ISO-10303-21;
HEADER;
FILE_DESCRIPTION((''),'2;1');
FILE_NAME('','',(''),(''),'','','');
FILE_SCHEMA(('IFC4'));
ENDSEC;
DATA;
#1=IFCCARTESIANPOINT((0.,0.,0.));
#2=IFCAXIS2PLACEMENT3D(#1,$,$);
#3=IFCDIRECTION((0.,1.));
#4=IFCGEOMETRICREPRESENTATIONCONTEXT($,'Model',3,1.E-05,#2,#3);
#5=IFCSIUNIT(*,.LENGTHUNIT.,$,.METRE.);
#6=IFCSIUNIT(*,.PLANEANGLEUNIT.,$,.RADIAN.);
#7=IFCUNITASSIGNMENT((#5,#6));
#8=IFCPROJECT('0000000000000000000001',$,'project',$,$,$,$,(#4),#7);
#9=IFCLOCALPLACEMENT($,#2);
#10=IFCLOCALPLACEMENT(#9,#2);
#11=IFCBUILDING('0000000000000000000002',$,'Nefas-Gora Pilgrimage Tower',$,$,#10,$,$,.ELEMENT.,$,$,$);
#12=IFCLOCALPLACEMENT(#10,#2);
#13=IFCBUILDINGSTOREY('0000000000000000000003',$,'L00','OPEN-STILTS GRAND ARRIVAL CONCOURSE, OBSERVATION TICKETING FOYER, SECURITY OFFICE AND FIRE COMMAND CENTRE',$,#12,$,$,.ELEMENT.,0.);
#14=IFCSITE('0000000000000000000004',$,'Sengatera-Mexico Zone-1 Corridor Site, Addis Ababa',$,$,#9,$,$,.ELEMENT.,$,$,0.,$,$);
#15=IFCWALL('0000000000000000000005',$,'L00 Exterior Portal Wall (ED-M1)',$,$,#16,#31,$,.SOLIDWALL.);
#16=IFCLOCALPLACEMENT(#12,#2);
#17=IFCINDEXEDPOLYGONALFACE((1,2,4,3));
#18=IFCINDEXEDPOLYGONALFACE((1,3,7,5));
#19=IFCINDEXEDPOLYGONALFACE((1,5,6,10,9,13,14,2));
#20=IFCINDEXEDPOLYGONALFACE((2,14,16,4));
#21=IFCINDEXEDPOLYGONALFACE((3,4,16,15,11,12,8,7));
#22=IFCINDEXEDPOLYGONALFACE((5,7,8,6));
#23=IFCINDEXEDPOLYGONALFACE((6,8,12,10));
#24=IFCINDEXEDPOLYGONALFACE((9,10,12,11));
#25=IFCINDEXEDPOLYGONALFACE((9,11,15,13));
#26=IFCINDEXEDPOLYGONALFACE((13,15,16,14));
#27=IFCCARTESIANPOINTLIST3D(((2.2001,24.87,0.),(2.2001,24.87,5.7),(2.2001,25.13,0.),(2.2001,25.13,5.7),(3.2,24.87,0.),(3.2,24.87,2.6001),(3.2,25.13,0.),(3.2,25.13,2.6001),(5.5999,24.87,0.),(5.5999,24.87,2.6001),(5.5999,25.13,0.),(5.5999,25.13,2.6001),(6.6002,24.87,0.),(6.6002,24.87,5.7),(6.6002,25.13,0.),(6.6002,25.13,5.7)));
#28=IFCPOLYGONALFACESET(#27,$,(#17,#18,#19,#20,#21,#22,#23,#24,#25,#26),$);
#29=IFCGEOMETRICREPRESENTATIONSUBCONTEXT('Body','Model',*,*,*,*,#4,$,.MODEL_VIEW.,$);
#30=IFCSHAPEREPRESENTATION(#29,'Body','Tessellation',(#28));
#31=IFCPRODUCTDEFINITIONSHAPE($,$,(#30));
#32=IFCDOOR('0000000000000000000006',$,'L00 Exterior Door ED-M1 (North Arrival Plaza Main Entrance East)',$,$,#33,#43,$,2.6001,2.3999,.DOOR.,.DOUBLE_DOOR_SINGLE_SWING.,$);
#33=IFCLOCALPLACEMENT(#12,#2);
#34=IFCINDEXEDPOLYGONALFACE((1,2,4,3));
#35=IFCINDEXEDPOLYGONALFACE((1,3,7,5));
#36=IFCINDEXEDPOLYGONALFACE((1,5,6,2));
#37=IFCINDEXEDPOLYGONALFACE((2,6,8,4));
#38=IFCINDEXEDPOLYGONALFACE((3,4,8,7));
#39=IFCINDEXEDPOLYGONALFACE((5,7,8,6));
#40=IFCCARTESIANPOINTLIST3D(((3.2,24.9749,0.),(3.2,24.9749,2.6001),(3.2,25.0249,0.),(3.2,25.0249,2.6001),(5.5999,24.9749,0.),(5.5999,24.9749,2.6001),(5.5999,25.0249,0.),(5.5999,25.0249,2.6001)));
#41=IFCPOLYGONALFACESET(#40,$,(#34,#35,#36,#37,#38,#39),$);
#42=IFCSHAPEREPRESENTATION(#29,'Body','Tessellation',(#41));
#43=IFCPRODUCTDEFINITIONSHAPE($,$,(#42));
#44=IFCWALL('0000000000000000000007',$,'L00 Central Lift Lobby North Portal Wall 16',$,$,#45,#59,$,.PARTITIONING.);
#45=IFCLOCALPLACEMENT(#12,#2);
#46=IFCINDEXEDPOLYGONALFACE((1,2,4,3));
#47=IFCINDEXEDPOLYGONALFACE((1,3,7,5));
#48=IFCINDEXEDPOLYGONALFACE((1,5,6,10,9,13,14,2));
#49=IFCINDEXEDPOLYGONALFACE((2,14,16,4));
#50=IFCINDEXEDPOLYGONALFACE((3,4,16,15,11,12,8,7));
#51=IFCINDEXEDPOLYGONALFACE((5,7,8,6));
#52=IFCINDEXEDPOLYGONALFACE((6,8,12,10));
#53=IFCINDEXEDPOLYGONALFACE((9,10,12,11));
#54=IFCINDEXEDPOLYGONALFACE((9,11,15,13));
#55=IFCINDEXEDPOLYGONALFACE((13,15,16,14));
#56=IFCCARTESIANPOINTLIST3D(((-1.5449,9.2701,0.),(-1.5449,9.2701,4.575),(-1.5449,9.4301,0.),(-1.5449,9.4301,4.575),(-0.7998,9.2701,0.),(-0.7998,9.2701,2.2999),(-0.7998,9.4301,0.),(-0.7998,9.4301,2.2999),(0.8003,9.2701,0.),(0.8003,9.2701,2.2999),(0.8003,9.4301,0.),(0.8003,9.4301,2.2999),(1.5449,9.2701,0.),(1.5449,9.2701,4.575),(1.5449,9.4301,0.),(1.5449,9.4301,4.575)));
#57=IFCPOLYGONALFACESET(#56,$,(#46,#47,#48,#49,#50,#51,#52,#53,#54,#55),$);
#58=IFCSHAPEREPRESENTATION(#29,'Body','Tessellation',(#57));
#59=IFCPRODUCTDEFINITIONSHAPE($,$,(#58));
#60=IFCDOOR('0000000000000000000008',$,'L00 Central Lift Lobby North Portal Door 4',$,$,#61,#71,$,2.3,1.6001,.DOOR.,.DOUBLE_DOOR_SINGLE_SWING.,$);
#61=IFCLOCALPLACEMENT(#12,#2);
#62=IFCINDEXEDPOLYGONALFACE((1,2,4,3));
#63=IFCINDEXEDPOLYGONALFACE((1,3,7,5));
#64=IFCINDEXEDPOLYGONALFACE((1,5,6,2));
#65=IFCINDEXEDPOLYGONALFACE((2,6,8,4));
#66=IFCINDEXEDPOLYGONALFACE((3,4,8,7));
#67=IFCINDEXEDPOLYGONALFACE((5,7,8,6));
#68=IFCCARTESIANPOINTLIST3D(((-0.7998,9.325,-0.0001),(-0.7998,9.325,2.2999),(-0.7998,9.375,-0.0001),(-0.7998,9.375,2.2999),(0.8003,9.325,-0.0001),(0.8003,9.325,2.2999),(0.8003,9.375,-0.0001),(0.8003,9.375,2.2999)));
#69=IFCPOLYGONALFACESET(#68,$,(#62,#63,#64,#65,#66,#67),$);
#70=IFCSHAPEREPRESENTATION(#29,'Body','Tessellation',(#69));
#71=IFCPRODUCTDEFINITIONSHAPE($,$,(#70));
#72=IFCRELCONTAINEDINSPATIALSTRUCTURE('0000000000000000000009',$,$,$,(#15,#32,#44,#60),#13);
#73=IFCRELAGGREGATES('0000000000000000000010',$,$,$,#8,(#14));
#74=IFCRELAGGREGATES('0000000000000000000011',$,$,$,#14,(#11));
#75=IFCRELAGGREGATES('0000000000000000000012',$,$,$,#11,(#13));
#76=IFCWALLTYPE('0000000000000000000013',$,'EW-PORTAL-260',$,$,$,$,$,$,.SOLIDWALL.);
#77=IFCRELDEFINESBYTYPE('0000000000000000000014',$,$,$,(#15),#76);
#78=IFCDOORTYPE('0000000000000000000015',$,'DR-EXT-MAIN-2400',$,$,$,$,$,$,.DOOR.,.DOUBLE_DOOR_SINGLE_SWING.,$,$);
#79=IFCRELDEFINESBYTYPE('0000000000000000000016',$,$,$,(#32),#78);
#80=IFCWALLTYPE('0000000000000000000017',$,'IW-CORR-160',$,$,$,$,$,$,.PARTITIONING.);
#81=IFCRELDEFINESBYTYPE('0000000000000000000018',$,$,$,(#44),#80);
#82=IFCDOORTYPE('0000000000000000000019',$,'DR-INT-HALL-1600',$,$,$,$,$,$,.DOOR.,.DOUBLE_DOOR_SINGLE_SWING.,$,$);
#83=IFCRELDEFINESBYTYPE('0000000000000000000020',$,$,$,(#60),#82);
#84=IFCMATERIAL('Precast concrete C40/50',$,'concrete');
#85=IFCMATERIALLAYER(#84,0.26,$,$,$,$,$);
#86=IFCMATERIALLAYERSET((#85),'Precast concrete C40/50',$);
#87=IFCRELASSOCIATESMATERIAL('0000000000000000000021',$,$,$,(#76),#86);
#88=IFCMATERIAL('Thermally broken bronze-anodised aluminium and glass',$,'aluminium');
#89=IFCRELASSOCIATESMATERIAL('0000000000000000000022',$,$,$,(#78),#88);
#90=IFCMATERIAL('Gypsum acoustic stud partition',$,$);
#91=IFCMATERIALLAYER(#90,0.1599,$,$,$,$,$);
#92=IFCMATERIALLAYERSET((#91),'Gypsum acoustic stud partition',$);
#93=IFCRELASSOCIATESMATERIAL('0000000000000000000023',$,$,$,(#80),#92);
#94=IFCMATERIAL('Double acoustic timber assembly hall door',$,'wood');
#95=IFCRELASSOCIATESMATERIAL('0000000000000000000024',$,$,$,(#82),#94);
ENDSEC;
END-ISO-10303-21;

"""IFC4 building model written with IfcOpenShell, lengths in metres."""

from ifc_helpers import new_model, si_unit, direction, frame, frame_2d, origin, place, context, subcontext, project, spatial, rectangle, extrude, source, transform, mapped, material, layer, layer_set, type_object, element, fill, save


model = new_model("IFC4")

# Units and contexts
model_context = context("Model", 3, precision=1e-05, world=origin(), true_north=direction((0.0, 1.0)))
body_context = subcontext(model_context, "Body", "Model", "MODEL_VIEW")
ifc_project = project(units=[si_unit("LENGTHUNIT", "METRE"), si_unit("PLANEANGLEUNIT", "RADIAN")], contexts=[model_context])

# Site, building, storey
site_placement = place(None, origin())
site = spatial("IfcSite", under=ifc_project, at=site_placement, Name="Sengatera-Mexico Zone-1 Corridor Site, Addis Ababa", CompositionType="ELEMENT", RefElevation=0.0)
building_placement = place(site_placement, origin())
building = spatial("IfcBuilding", under=site, at=building_placement, Name="Nefas-Gora Pilgrimage Tower", CompositionType="ELEMENT")
storey_placement = place(building_placement, origin())
storey = spatial("IfcBuildingStorey", under=building, at=storey_placement, Name="L00", Description="OPEN-STILTS GRAND ARRIVAL CONCOURSE, OBSERVATION TICKETING FOYER, SECURITY OFFICE AND FIRE COMMAND CENTRE", CompositionType="ELEMENT", Elevation=0.0)

# Walls, openings, doors
ifc_material_1 = material(Name="Precast concrete C40/50", Category="concrete")
ifc_layer_1 = layer(ifc_material_1, 0.26)
ifc_layer_set_1 = layer_set([ifc_layer_1], Name="Precast concrete C40/50")
wall_type_1 = type_object("IfcWallType", Name="EW-PORTAL-260", PredefinedType="SOLIDWALL", material=ifc_layer_set_1)
shared_shape_1 = source(origin(), body_context, "Body", "SweptSolid", [
    extrude(rectangle(XDim=4.4001, YDim=0.26, at=frame_2d((2.2002, 0.0))), origin(), (0.0, 0.0, 1.0), 5.7),
])
wall_1_placement = place(storey_placement, frame((2.2, 25.0, 0.0), z_axis=(0.0, 0.0, 1.0), x_axis=(1.0, 0.0, 0.0)))
wall_1 = element("IfcWall", 1, at=wall_1_placement, inside=storey, type_object=wall_type_1, Name="L00 Exterior Portal Wall (ED-M1)", PredefinedType="SOLIDWALL", context=body_context, shape_type="MappedRepresentation", body=[
    mapped(shared_shape_1, transform((0.0, 0.0, 0.0), x_axis=(1.0, 0.0, 0.0), y_axis=(0.0, 1.0, 0.0), z_axis=(0.0, 0.0, 1.0), scale=1.0)),
])
opening_1_placement = place(wall_1_placement, frame((1.0, 0.0, 0.0)))
opening_1 = element("IfcOpeningElement", 2, at=opening_1_placement, cuts=wall_1, PredefinedType="OPENING", context=body_context, shape_type="SweptSolid", body=[
    extrude(rectangle(XDim=2.3999, YDim=2.6001, at=frame_2d((1.2, 1.3))), frame((0.0, 0.1399, 0.0), z_axis=(0.0, -1.0, 0.0), x_axis=(1.0, 0.0, 0.0)), (0.0, 0.0, 1.0), 0.28),
])
ifc_material_2 = material(Name="Thermally broken bronze-anodised aluminium and glass", Category="aluminium")
door_type_1 = type_object("IfcDoorType", Name="DR-EXT-MAIN-2400", OperationType="DOUBLE_DOOR_SINGLE_SWING", PredefinedType="DOOR", material=ifc_material_2)
shared_shape_2 = source(origin(), body_context, "Body", "SweptSolid", [
    extrude(rectangle(XDim=2.3999, YDim=2.6001, at=frame_2d((1.2, 1.3))), frame((0.0, 0.0249, 0.0), z_axis=(0.0, -1.0, 0.0), x_axis=(1.0, 0.0, 0.0)), (0.0, 0.0, 1.0), 0.05),
])
door_1_placement = place(opening_1_placement, origin())
door_1 = element("IfcDoor", 3, at=door_1_placement, inside=storey, type_object=door_type_1, Name="L00 Exterior Door ED-M1 (North Arrival Plaza Main Entrance East)", OperationType="DOUBLE_DOOR_SINGLE_SWING", OverallHeight=2.6001, OverallWidth=2.3999, PredefinedType="DOOR", context=body_context, shape_type="MappedRepresentation", body=[
    mapped(shared_shape_2, transform((0.0, 0.0, 0.0), x_axis=(1.0, 0.0, 0.0), y_axis=(0.0, 1.0, 0.0), z_axis=(0.0, 0.0, 1.0), scale=1.0)),
])
fill(opening_1, door_1)
ifc_material_3 = material(Name="Gypsum acoustic stud partition")
ifc_layer_2 = layer(ifc_material_3, 0.1599)
ifc_layer_set_2 = layer_set([ifc_layer_2], Name="Gypsum acoustic stud partition")
wall_type_2 = type_object("IfcWallType", Name="IW-CORR-160", PredefinedType="PARTITIONING", material=ifc_layer_set_2)
shared_shape_3 = source(origin(), body_context, "Body", "SweptSolid", [
    extrude(rectangle(XDim=3.0898, YDim=0.1599, at=frame_2d((1.5449, 0.0))), origin(), (0.0, 0.0, 1.0), 4.575),
])
wall_2_placement = place(storey_placement, frame((-1.5449, 9.3501, 0.0), z_axis=(0.0, 0.0, 1.0), x_axis=(1.0, 0.0, 0.0)))
wall_2 = element("IfcWall", 4, at=wall_2_placement, inside=storey, type_object=wall_type_2, Name="L00 Central Lift Lobby North Portal Wall 16", PredefinedType="PARTITIONING", context=body_context, shape_type="MappedRepresentation", body=[
    mapped(shared_shape_3, transform((0.0, 0.0, 0.0), x_axis=(1.0, 0.0, 0.0), y_axis=(0.0, 1.0, 0.0), z_axis=(0.0, 0.0, 1.0), scale=1.0)),
])
opening_2_placement = place(wall_2_placement, frame((0.7451, 0.0, 0.0)))
opening_2 = element("IfcOpeningElement", 5, at=opening_2_placement, cuts=wall_2, PredefinedType="OPENING", context=body_context, shape_type="SweptSolid", body=[
    extrude(rectangle(XDim=1.6001, YDim=2.3, at=frame_2d((0.8, 1.1499))), frame((0.0, 0.0898, 0.0), z_axis=(0.0, -1.0, 0.0), x_axis=(1.0, 0.0, 0.0)), (0.0, 0.0, 1.0), 0.1799),
])
ifc_material_4 = material(Name="Double acoustic timber assembly hall door", Category="wood")
door_type_2 = type_object("IfcDoorType", Name="DR-INT-HALL-1600", OperationType="DOUBLE_DOOR_SINGLE_SWING", PredefinedType="DOOR", material=ifc_material_4)
shared_shape_4 = source(origin(), body_context, "Body", "SweptSolid", [
    extrude(rectangle(XDim=1.6001, YDim=2.3, at=frame_2d((0.8, 1.1499))), frame((0.0, 0.0249, 0.0), z_axis=(0.0, -1.0, 0.0), x_axis=(1.0, 0.0, 0.0)), (0.0, 0.0, 1.0), 0.05),
])
door_2_placement = place(opening_2_placement, origin())
door_2 = element("IfcDoor", 6, at=door_2_placement, inside=storey, type_object=door_type_2, Name="L00 Central Lift Lobby North Portal Door 4", OperationType="DOUBLE_DOOR_SINGLE_SWING", OverallHeight=2.3, OverallWidth=1.6001, PredefinedType="DOOR", context=body_context, shape_type="MappedRepresentation", body=[
    mapped(shared_shape_4, transform((0.0, 0.0, 0.0), x_axis=(1.0, 0.0, 0.0), y_axis=(0.0, 1.0, 0.0), z_axis=(0.0, 0.0, 1.0), scale=1.0)),
])
fill(opening_2, door_2)

save(model, "model.ifc")
